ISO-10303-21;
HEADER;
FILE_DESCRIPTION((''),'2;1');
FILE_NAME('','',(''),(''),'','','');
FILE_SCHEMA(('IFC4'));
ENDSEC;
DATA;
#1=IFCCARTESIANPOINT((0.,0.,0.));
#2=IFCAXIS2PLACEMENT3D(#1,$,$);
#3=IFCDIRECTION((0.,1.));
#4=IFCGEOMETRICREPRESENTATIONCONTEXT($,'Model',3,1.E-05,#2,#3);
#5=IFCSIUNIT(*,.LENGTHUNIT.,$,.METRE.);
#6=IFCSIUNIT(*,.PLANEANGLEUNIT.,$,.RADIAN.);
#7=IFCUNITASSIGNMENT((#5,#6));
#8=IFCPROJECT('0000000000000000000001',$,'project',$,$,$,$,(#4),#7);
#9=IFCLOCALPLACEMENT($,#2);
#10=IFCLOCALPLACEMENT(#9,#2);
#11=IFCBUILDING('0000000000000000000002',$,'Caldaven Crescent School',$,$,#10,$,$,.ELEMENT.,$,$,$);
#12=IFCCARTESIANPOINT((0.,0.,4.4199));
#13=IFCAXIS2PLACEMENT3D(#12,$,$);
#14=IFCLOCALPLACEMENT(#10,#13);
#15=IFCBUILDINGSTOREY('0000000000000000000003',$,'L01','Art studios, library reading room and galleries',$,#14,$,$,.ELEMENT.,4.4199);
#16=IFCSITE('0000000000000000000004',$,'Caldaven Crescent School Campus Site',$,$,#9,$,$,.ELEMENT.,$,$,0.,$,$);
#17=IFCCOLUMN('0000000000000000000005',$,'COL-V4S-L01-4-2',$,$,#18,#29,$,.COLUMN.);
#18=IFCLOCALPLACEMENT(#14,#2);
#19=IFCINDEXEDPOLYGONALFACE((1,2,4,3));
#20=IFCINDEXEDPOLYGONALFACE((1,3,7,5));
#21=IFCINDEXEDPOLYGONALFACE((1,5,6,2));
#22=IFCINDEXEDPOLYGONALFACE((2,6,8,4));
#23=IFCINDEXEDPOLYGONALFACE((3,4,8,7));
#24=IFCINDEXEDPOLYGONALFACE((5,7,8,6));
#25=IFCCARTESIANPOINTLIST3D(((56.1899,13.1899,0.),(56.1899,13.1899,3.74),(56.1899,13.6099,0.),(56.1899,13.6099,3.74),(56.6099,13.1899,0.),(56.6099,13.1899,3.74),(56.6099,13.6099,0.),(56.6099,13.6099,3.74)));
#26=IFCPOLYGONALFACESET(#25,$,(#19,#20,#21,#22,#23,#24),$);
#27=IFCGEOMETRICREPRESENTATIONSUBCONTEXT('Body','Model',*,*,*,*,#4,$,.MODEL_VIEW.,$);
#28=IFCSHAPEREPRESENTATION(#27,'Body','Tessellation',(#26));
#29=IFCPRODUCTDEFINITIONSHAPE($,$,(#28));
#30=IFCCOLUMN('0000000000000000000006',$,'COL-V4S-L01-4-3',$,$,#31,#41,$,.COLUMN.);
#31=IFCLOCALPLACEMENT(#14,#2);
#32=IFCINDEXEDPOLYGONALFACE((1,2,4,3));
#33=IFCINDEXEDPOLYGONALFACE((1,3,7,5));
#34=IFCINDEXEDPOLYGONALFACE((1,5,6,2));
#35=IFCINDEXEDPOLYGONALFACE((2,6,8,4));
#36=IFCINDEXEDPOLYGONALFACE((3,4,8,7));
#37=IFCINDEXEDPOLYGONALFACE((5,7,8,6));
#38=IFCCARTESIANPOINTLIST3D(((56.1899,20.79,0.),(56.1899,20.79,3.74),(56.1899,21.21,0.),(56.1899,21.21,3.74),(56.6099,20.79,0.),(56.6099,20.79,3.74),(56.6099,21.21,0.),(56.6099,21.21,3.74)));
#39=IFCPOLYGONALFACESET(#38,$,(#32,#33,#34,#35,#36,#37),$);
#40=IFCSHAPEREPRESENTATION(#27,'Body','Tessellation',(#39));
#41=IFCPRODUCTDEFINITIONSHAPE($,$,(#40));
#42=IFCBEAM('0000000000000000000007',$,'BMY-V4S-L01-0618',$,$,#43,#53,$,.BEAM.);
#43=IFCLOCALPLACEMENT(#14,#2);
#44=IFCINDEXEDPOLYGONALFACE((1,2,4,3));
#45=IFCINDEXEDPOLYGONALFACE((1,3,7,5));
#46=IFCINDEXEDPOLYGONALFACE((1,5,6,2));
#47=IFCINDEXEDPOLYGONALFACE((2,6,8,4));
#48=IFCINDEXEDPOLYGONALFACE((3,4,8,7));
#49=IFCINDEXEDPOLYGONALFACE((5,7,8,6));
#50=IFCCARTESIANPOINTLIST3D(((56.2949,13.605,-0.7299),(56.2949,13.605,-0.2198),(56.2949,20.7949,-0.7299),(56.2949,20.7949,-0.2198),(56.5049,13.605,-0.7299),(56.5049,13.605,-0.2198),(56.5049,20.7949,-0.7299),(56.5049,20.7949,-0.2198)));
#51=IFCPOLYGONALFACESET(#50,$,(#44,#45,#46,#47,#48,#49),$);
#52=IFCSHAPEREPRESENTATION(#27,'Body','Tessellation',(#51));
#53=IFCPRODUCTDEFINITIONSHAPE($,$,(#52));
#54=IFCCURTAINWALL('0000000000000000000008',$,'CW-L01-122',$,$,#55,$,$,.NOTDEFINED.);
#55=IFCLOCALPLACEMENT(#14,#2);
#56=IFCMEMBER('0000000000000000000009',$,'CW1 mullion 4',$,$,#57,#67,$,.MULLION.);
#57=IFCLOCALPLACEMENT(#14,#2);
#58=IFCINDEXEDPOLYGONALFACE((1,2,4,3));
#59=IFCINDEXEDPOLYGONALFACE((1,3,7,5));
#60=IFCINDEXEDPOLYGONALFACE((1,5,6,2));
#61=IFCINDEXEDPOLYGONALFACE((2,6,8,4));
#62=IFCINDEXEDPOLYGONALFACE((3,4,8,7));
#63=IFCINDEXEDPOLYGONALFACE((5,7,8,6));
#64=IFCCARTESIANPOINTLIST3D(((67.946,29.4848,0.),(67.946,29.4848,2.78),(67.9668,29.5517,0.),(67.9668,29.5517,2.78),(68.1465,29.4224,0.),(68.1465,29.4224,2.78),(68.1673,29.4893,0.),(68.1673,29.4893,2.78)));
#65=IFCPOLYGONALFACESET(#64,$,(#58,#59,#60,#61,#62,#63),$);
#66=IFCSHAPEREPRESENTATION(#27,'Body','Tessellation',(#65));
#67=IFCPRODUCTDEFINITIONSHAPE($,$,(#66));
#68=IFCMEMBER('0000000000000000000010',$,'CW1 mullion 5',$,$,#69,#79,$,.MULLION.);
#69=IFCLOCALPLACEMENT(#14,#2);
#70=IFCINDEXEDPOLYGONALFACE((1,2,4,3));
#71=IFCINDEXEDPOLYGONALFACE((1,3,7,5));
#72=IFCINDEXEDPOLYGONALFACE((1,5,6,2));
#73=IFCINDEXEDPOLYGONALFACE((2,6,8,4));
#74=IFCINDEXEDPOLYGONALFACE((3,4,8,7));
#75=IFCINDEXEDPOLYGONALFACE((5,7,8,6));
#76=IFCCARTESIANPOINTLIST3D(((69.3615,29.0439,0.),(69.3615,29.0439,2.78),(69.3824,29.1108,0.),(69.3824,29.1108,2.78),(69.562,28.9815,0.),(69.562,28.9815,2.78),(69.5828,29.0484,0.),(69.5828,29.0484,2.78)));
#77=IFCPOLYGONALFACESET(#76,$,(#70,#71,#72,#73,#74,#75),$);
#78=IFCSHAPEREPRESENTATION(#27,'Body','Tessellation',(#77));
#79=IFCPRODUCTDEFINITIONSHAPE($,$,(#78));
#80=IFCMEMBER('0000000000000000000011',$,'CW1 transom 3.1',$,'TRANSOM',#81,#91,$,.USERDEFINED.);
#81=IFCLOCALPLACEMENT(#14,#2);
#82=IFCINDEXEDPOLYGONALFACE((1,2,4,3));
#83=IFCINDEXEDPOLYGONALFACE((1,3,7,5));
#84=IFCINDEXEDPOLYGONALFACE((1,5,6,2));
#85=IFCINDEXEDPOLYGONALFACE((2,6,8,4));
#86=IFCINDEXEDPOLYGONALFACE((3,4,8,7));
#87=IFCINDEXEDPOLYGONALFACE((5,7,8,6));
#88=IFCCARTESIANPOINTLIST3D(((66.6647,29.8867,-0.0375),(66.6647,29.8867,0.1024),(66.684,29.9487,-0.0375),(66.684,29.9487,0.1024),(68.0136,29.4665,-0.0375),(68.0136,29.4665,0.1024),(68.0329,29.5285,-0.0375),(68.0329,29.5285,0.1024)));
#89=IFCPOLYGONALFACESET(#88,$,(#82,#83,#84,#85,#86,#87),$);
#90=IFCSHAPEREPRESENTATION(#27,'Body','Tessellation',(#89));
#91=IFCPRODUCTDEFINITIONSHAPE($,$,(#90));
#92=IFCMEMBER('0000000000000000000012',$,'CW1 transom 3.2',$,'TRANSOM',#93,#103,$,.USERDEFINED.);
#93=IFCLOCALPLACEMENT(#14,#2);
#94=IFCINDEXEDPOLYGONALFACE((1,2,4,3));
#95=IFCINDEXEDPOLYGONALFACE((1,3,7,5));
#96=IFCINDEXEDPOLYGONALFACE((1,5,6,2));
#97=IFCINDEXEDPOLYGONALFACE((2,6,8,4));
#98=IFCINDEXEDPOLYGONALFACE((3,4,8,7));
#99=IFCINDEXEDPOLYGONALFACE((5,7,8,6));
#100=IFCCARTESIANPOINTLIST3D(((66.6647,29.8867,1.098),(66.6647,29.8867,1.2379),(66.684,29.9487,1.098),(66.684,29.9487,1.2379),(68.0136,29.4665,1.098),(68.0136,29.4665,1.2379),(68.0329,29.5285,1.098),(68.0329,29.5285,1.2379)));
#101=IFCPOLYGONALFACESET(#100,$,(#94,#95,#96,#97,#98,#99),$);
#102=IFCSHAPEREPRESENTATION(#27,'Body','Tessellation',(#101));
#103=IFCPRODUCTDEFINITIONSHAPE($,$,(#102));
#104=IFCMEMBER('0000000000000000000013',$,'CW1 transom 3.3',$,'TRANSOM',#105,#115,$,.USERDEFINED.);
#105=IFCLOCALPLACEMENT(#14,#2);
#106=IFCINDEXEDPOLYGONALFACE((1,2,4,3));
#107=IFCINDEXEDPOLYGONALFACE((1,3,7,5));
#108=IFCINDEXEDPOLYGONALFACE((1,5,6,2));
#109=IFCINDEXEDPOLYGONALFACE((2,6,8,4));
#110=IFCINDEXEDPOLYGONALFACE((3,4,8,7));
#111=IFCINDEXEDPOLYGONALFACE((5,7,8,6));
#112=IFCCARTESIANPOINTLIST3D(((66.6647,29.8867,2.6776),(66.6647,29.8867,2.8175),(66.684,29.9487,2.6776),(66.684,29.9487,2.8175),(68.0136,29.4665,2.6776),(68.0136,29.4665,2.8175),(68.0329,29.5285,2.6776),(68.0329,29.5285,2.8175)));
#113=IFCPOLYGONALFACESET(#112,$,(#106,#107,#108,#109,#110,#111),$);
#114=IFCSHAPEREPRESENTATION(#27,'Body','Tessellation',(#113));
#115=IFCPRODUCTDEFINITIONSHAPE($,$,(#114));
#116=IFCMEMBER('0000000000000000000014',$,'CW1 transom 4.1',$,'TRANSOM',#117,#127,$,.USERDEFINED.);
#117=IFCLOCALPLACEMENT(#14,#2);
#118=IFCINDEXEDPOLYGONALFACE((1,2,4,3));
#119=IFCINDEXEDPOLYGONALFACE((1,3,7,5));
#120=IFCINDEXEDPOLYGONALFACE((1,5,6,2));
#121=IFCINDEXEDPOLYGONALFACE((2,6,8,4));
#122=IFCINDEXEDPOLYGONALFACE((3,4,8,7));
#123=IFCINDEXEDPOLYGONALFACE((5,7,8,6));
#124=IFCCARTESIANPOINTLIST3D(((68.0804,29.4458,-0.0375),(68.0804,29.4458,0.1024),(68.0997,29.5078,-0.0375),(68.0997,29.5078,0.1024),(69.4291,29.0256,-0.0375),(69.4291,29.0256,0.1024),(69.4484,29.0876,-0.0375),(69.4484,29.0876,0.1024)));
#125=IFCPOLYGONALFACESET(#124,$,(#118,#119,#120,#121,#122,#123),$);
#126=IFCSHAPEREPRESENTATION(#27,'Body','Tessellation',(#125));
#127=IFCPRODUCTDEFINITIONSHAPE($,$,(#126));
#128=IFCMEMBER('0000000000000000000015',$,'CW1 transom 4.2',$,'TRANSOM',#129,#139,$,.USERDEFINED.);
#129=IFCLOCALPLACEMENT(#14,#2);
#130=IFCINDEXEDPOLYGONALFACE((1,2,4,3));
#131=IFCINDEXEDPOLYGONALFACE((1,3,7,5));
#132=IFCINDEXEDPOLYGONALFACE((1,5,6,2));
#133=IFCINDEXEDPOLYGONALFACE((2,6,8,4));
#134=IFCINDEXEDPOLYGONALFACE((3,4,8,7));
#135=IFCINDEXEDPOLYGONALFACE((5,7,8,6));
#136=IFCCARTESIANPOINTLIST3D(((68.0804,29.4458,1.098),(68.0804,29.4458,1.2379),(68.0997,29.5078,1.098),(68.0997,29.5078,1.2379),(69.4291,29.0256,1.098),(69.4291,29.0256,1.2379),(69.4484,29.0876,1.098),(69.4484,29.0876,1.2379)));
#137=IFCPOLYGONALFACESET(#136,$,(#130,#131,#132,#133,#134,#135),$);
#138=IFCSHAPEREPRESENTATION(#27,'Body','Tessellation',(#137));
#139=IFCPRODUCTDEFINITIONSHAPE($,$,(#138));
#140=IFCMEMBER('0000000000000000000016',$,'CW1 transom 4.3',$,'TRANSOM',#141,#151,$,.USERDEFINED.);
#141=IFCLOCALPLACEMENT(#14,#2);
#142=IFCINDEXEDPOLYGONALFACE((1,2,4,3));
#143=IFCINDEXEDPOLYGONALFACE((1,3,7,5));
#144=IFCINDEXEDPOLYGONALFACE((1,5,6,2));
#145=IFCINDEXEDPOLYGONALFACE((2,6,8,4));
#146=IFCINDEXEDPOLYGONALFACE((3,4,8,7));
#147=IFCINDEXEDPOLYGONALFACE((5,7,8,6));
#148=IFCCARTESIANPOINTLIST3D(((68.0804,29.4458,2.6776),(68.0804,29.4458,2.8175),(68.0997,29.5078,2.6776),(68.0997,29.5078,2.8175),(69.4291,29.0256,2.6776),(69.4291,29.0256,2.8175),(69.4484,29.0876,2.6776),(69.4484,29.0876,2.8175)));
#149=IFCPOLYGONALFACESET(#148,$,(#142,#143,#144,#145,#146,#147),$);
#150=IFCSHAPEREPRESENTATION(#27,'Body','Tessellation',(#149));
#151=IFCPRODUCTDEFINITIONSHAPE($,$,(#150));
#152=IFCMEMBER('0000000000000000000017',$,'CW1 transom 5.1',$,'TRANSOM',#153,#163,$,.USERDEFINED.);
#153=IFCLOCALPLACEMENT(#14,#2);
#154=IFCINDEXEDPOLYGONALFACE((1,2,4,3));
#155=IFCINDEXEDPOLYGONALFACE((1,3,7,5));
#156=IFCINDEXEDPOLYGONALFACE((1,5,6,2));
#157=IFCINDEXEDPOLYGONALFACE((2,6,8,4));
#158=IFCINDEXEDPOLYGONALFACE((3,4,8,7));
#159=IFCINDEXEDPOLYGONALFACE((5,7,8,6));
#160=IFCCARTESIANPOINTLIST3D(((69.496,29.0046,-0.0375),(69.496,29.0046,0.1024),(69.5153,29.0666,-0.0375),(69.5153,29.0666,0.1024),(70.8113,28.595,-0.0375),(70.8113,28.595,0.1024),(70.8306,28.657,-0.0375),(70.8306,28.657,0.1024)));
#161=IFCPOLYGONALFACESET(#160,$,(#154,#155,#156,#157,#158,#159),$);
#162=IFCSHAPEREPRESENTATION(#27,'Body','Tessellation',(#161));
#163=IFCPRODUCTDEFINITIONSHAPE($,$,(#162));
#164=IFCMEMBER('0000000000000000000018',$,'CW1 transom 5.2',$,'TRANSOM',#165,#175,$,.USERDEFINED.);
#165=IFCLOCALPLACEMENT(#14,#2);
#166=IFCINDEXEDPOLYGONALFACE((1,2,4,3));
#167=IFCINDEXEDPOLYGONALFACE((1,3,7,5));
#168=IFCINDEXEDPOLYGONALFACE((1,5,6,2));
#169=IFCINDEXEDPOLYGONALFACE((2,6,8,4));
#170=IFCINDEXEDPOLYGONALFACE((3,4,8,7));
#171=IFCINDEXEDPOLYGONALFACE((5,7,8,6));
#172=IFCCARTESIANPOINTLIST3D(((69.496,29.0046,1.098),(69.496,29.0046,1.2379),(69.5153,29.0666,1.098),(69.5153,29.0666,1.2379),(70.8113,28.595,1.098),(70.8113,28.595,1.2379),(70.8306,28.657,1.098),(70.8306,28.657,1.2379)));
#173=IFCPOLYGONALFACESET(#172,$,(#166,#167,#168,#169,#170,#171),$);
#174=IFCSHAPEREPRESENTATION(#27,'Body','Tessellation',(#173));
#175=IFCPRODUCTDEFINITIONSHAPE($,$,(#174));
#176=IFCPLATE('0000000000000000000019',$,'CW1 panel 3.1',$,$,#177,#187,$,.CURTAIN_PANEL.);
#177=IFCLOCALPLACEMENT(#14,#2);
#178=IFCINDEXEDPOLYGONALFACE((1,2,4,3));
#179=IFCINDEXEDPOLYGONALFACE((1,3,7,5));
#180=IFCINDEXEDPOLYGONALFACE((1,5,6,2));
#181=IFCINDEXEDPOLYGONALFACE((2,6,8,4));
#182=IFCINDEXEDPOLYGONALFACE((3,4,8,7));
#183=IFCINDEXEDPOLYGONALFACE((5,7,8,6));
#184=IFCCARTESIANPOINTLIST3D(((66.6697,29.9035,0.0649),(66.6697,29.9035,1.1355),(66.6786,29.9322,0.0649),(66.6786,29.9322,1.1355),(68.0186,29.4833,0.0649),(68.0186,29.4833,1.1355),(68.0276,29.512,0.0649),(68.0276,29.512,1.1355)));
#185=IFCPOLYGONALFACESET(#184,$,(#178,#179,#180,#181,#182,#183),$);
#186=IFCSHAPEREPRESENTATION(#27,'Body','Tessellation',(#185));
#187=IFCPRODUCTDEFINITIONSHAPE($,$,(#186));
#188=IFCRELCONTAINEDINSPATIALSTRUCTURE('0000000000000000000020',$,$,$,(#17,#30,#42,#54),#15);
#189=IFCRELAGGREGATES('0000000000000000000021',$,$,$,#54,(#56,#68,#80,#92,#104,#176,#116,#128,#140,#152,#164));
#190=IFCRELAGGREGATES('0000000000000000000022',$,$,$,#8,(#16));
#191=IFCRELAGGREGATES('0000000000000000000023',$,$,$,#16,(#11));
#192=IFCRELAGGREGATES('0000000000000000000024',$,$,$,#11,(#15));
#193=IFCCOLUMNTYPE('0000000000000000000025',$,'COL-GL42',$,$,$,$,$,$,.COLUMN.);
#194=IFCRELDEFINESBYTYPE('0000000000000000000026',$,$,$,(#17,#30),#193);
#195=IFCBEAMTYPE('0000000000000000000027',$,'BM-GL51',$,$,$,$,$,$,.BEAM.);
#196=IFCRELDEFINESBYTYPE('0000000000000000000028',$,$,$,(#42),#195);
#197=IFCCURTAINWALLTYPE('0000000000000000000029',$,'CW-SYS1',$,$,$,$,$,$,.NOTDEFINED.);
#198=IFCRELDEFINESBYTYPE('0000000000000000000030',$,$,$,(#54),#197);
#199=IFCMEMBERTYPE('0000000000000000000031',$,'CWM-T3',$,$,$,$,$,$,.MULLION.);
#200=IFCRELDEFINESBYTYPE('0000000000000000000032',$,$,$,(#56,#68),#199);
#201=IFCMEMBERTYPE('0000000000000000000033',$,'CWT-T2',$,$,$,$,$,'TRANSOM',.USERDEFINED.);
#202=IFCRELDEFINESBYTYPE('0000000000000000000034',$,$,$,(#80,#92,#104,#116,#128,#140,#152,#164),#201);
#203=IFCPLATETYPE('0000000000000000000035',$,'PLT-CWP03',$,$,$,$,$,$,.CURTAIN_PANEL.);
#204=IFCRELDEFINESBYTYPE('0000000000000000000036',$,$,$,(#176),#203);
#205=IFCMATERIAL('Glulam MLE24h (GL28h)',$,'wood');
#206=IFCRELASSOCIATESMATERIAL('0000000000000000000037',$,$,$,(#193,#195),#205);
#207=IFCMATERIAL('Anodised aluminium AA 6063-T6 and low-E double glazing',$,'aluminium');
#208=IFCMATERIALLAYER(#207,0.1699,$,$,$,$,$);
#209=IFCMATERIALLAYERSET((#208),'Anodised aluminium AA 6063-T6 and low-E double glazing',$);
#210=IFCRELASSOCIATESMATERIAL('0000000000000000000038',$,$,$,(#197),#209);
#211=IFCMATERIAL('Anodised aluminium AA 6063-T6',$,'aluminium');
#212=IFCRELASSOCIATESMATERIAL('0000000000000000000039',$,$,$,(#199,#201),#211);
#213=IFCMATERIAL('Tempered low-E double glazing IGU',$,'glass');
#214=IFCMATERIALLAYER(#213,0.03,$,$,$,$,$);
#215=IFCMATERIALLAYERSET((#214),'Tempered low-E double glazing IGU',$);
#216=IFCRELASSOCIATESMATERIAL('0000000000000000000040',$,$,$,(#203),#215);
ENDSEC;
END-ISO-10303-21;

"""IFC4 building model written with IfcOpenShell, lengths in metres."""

from ifc_helpers import new_model, si_unit, direction, frame, origin, origin_2d, place, context, subcontext, project, spatial, rectangle, extrude, material, layer, layer_set, material_profile, profile_set, type_object, element, aggregate, save


model = new_model("IFC4")

# Units and contexts
model_context = context("Model", 3, precision=1e-05, world=origin(), true_north=direction((0.0, 1.0)))
body_context = subcontext(model_context, "Body", "Model", "MODEL_VIEW")
ifc_project = project(units=[si_unit("LENGTHUNIT", "METRE"), si_unit("PLANEANGLEUNIT", "RADIAN")], contexts=[model_context])

# Site, building, storey
site_placement = place(None, origin())
site = spatial("IfcSite", under=ifc_project, at=site_placement, Name="Caldaven Crescent School Campus Site", CompositionType="ELEMENT", RefElevation=0.0)
building_placement = place(site_placement, origin())
building = spatial("IfcBuilding", under=site, at=building_placement, Name="Caldaven Crescent School", CompositionType="ELEMENT")
storey_placement = place(building_placement, frame((0.0, 0.0, 4.4199)))
storey = spatial("IfcBuildingStorey", under=building, at=storey_placement, Name="L01", Description="Art studios, library reading room and galleries", CompositionType="ELEMENT", Elevation=4.4199)

# Columns
ifc_material_1 = material(Name="Glulam MLE24h (GL28h)", Category="wood")
ifc_material_profile_1 = material_profile(ifc_material_1, rectangle(XDim=0.4199, YDim=0.4199, at=origin_2d()), Name="MLE 420x420")
ifc_profile_set_1 = profile_set([ifc_material_profile_1], Name="Glulam MLE24h (GL28h)")
column_type = type_object("IfcColumnType", Name="COL-GL42", PredefinedType="COLUMN", material=ifc_profile_set_1)
for number, where, z_axis, x_axis, name in (
    (1, (56.3999, 13.3999, 0.0), (0.0, 0.0, 1.0), (1.0, 0.0, 0.0), "COL-V4S-L01-4-2"),
    (2, (56.3999, 21.0, 0.0), (0.0, 0.0, 1.0), (1.0, 0.0, 0.0), "COL-V4S-L01-4-3"),
):
    element("IfcColumn", number, at=place(storey_placement, frame(where, z_axis=z_axis, x_axis=x_axis)), inside=storey, type_object=column_type, Name=name, PredefinedType="COLUMN", context=body_context, shape_type="SweptSolid", body=[
        extrude(rectangle(XDim=0.4199, YDim=0.4199, at=origin_2d()), origin(), (0.0, 0.0, 1.0), 3.74),
    ])

# Beam
ifc_material_profile_2 = material_profile(ifc_material_1, rectangle(XDim=0.21, YDim=0.51, at=origin_2d()), Name="MLE 210x510")
ifc_profile_set_2 = profile_set([ifc_material_profile_2], Name="Glulam MLE24h (GL28h)")
beam_type = type_object("IfcBeamType", Name="BM-GL51", PredefinedType="BEAM", material=ifc_profile_set_2)
beam_placement = place(storey_placement, frame((56.3999, 13.605, -0.4749), z_axis=(0.0, 1.0, 0.0), x_axis=(-1.0, 0.0, 0.0)))
element("IfcBeam", 3, at=beam_placement, inside=storey, type_object=beam_type, Name="BMY-V4S-L01-0618", PredefinedType="BEAM", context=body_context, shape_type="SweptSolid", body=[
    extrude(rectangle(XDim=0.21, YDim=0.51, at=origin_2d()), origin(), (0.0, 0.0, 1.0), 7.1899),
])

# Curtain wall, members, plate
ifc_material_2 = material(Name="Anodised aluminium AA 6063-T6 and low-E double glazing", Category="aluminium")
ifc_layer_1 = layer(ifc_material_2, 0.1699)
ifc_layer_set_1 = layer_set([ifc_layer_1], Name="Anodised aluminium AA 6063-T6 and low-E double glazing")
curtain_wall_type = type_object("IfcCurtainWallType", Name="CW-SYS1", PredefinedType="NOTDEFINED", material=ifc_layer_set_1)
curtain_wall_placement = place(storey_placement, origin())
curtain_wall = element("IfcCurtainWall", 4, at=curtain_wall_placement, inside=storey, type_object=curtain_wall_type, Name="CW-L01-122", PredefinedType="NOTDEFINED")
ifc_material_3 = material(Name="Anodised aluminium AA 6063-T6", Category="aluminium")
ifc_material_profile_3 = material_profile(ifc_material_3, rectangle(XDim=0.0701, YDim=0.21, at=origin_2d()), Name="CWM 70x210")
ifc_profile_set_3 = profile_set([ifc_material_profile_3], Name="Anodised aluminium AA 6063-T6")
member_type_1 = type_object("IfcMemberType", Name="CWM-T3", PredefinedType="MULLION", material=ifc_profile_set_3)
member_1_placement = place(storey_placement, frame((68.0566, 29.4871, 0.0), z_axis=(0.0, 0.0, 1.0), x_axis=(0.29742, 0.954747, 0.0)))
member_1 = element("IfcMember", 5, at=member_1_placement, type_object=member_type_1, Name="CW1 mullion 4", PredefinedType="MULLION", context=body_context, shape_type="SweptSolid", body=[
    extrude(rectangle(XDim=0.0701, YDim=0.21, at=origin_2d()), origin(), (0.0, 0.0, 1.0), 2.78),
])
member_2_placement = place(storey_placement, frame((69.4722, 29.0461, 0.0), z_axis=(0.0, 0.0, 1.0), x_axis=(0.29742, 0.954747, 0.0)))
member_2 = element("IfcMember", 6, at=member_2_placement, type_object=member_type_1, Name="CW1 mullion 5", PredefinedType="MULLION", context=body_context, shape_type="SweptSolid", body=[
    extrude(rectangle(XDim=0.0701, YDim=0.21, at=origin_2d()), origin(), (0.0, 0.0, 1.0), 2.78),
])
ifc_material_profile_4 = material_profile(ifc_material_3, rectangle(XDim=0.0649, YDim=0.1399, at=origin_2d()), Name="CWT 65x140")
ifc_profile_set_4 = profile_set([ifc_material_profile_4], Name="Anodised aluminium AA 6063-T6")
member_type_2 = type_object("IfcMemberType", Name="CWT-T2", ElementType="TRANSOM", PredefinedType="USERDEFINED", material=ifc_profile_set_4)
member_3_placement = place(storey_placement, frame((66.6743, 29.9177, 0.0325), z_axis=(0.954753, -0.297399, 0.0), x_axis=(0.297399, 0.954753, 0.0)))
member_3 = element("IfcMember", 7, at=member_3_placement, type_object=member_type_2, Name="CW1 transom 3.1", ObjectType="TRANSOM", PredefinedType="USERDEFINED", context=body_context, shape_type="SweptSolid", body=[
    extrude(rectangle(XDim=0.0649, YDim=0.1399, at=origin_2d()), origin(), (0.0, 0.0, 1.0), 1.4128),
])
member_4_placement = place(storey_placement, frame((66.6743, 29.9177, 1.168), z_axis=(0.954753, -0.297399, 0.0), x_axis=(0.297399, 0.954753, 0.0)))
member_4 = element("IfcMember", 8, at=member_4_placement, type_object=member_type_2, Name="CW1 transom 3.2", ObjectType="TRANSOM", PredefinedType="USERDEFINED", context=body_context, shape_type="SweptSolid", body=[
    extrude(rectangle(XDim=0.0649, YDim=0.1399, at=origin_2d()), origin(), (0.0, 0.0, 1.0), 1.4128),
])
member_5_placement = place(storey_placement, frame((66.6743, 29.9177, 2.7476), z_axis=(0.954753, -0.297399, 0.0), x_axis=(0.297399, 0.954753, 0.0)))
member_5 = element("IfcMember", 9, at=member_5_placement, type_object=member_type_2, Name="CW1 transom 3.3", ObjectType="TRANSOM", PredefinedType="USERDEFINED", context=body_context, shape_type="SweptSolid", body=[
    extrude(rectangle(XDim=0.0649, YDim=0.1399, at=origin_2d()), origin(), (0.0, 0.0, 1.0), 1.4128),
])
member_6_placement = place(storey_placement, frame((68.0901, 29.4768, 0.0325), z_axis=(0.954738, -0.297448, 0.0), x_axis=(0.297448, 0.954738, 0.0)))
member_6 = element("IfcMember", 10, at=member_6_placement, type_object=member_type_2, Name="CW1 transom 4.1", ObjectType="TRANSOM", PredefinedType="USERDEFINED", context=body_context, shape_type="SweptSolid", body=[
    extrude(rectangle(XDim=0.0649, YDim=0.1399, at=origin_2d()), origin(), (0.0, 0.0, 1.0), 1.4126),
])
member_7_placement = place(storey_placement, frame((68.0901, 29.4768, 1.168), z_axis=(0.954738, -0.297448, 0.0), x_axis=(0.297448, 0.954738, 0.0)))
member_7 = element("IfcMember", 11, at=member_7_placement, type_object=member_type_2, Name="CW1 transom 4.2", ObjectType="TRANSOM", PredefinedType="USERDEFINED", context=body_context, shape_type="SweptSolid", body=[
    extrude(rectangle(XDim=0.0649, YDim=0.1399, at=origin_2d()), origin(), (0.0, 0.0, 1.0), 1.4126),
])
member_8_placement = place(storey_placement, frame((68.0901, 29.4768, 2.7476), z_axis=(0.954738, -0.297448, 0.0), x_axis=(0.297448, 0.954738, 0.0)))
member_8 = element("IfcMember", 12, at=member_8_placement, type_object=member_type_2, Name="CW1 transom 4.3", ObjectType="TRANSOM", PredefinedType="USERDEFINED", context=body_context, shape_type="SweptSolid", body=[
    extrude(rectangle(XDim=0.0649, YDim=0.1399, at=origin_2d()), origin(), (0.0, 0.0, 1.0), 1.4126),
])
member_9_placement = place(storey_placement, frame((69.5056, 29.0356, 0.0325), z_axis=(0.95477, -0.297347, 0.0), x_axis=(0.297347, 0.95477, 0.0)))
member_9 = element("IfcMember", 13, at=member_9_placement, type_object=member_type_2, Name="CW1 transom 5.1", ObjectType="TRANSOM", PredefinedType="USERDEFINED", context=body_context, shape_type="SweptSolid", body=[
    extrude(rectangle(XDim=0.0649, YDim=0.1399, at=origin_2d()), origin(), (0.0, 0.0, 1.0), 1.3777),
])
member_10_placement = place(storey_placement, frame((69.5056, 29.0356, 1.168), z_axis=(0.95477, -0.297347, 0.0), x_axis=(0.297347, 0.95477, 0.0)))
member_10 = element("IfcMember", 14, at=member_10_placement, type_object=member_type_2, Name="CW1 transom 5.2", ObjectType="TRANSOM", PredefinedType="USERDEFINED", context=body_context, shape_type="SweptSolid", body=[
    extrude(rectangle(XDim=0.0649, YDim=0.1399, at=origin_2d()), origin(), (0.0, 0.0, 1.0), 1.3777),
])
ifc_material_4 = material(Name="Tempered low-E double glazing IGU", Category="glass")
ifc_layer_2 = layer(ifc_material_4, 0.03)
ifc_layer_set_2 = layer_set([ifc_layer_2], Name="Tempered low-E double glazing IGU")
plate_type = type_object("IfcPlateType", Name="PLT-CWP03", PredefinedType="CURTAIN_PANEL", material=ifc_layer_set_2)
plate_1_placement = place(storey_placement, frame((67.3486, 29.7078, 0.0649), z_axis=(0.0, 0.0, 1.0), x_axis=(0.954747, -0.29742, 0.0)))
plate_1 = element("IfcPlate", 15, at=plate_1_placement, type_object=plate_type, Name="CW1 panel 3.1", PredefinedType="CURTAIN_PANEL", context=body_context, shape_type="SweptSolid", body=[
    extrude(rectangle(XDim=1.4128, YDim=0.03, at=origin_2d()), origin(), (0.0, 0.0, 1.0), 1.0706),
])
aggregate(curtain_wall, [member_1, member_2, member_3, member_4, member_5, plate_1, member_6, member_7, member_8, member_9, member_10])

save(model, "model.ifc")
